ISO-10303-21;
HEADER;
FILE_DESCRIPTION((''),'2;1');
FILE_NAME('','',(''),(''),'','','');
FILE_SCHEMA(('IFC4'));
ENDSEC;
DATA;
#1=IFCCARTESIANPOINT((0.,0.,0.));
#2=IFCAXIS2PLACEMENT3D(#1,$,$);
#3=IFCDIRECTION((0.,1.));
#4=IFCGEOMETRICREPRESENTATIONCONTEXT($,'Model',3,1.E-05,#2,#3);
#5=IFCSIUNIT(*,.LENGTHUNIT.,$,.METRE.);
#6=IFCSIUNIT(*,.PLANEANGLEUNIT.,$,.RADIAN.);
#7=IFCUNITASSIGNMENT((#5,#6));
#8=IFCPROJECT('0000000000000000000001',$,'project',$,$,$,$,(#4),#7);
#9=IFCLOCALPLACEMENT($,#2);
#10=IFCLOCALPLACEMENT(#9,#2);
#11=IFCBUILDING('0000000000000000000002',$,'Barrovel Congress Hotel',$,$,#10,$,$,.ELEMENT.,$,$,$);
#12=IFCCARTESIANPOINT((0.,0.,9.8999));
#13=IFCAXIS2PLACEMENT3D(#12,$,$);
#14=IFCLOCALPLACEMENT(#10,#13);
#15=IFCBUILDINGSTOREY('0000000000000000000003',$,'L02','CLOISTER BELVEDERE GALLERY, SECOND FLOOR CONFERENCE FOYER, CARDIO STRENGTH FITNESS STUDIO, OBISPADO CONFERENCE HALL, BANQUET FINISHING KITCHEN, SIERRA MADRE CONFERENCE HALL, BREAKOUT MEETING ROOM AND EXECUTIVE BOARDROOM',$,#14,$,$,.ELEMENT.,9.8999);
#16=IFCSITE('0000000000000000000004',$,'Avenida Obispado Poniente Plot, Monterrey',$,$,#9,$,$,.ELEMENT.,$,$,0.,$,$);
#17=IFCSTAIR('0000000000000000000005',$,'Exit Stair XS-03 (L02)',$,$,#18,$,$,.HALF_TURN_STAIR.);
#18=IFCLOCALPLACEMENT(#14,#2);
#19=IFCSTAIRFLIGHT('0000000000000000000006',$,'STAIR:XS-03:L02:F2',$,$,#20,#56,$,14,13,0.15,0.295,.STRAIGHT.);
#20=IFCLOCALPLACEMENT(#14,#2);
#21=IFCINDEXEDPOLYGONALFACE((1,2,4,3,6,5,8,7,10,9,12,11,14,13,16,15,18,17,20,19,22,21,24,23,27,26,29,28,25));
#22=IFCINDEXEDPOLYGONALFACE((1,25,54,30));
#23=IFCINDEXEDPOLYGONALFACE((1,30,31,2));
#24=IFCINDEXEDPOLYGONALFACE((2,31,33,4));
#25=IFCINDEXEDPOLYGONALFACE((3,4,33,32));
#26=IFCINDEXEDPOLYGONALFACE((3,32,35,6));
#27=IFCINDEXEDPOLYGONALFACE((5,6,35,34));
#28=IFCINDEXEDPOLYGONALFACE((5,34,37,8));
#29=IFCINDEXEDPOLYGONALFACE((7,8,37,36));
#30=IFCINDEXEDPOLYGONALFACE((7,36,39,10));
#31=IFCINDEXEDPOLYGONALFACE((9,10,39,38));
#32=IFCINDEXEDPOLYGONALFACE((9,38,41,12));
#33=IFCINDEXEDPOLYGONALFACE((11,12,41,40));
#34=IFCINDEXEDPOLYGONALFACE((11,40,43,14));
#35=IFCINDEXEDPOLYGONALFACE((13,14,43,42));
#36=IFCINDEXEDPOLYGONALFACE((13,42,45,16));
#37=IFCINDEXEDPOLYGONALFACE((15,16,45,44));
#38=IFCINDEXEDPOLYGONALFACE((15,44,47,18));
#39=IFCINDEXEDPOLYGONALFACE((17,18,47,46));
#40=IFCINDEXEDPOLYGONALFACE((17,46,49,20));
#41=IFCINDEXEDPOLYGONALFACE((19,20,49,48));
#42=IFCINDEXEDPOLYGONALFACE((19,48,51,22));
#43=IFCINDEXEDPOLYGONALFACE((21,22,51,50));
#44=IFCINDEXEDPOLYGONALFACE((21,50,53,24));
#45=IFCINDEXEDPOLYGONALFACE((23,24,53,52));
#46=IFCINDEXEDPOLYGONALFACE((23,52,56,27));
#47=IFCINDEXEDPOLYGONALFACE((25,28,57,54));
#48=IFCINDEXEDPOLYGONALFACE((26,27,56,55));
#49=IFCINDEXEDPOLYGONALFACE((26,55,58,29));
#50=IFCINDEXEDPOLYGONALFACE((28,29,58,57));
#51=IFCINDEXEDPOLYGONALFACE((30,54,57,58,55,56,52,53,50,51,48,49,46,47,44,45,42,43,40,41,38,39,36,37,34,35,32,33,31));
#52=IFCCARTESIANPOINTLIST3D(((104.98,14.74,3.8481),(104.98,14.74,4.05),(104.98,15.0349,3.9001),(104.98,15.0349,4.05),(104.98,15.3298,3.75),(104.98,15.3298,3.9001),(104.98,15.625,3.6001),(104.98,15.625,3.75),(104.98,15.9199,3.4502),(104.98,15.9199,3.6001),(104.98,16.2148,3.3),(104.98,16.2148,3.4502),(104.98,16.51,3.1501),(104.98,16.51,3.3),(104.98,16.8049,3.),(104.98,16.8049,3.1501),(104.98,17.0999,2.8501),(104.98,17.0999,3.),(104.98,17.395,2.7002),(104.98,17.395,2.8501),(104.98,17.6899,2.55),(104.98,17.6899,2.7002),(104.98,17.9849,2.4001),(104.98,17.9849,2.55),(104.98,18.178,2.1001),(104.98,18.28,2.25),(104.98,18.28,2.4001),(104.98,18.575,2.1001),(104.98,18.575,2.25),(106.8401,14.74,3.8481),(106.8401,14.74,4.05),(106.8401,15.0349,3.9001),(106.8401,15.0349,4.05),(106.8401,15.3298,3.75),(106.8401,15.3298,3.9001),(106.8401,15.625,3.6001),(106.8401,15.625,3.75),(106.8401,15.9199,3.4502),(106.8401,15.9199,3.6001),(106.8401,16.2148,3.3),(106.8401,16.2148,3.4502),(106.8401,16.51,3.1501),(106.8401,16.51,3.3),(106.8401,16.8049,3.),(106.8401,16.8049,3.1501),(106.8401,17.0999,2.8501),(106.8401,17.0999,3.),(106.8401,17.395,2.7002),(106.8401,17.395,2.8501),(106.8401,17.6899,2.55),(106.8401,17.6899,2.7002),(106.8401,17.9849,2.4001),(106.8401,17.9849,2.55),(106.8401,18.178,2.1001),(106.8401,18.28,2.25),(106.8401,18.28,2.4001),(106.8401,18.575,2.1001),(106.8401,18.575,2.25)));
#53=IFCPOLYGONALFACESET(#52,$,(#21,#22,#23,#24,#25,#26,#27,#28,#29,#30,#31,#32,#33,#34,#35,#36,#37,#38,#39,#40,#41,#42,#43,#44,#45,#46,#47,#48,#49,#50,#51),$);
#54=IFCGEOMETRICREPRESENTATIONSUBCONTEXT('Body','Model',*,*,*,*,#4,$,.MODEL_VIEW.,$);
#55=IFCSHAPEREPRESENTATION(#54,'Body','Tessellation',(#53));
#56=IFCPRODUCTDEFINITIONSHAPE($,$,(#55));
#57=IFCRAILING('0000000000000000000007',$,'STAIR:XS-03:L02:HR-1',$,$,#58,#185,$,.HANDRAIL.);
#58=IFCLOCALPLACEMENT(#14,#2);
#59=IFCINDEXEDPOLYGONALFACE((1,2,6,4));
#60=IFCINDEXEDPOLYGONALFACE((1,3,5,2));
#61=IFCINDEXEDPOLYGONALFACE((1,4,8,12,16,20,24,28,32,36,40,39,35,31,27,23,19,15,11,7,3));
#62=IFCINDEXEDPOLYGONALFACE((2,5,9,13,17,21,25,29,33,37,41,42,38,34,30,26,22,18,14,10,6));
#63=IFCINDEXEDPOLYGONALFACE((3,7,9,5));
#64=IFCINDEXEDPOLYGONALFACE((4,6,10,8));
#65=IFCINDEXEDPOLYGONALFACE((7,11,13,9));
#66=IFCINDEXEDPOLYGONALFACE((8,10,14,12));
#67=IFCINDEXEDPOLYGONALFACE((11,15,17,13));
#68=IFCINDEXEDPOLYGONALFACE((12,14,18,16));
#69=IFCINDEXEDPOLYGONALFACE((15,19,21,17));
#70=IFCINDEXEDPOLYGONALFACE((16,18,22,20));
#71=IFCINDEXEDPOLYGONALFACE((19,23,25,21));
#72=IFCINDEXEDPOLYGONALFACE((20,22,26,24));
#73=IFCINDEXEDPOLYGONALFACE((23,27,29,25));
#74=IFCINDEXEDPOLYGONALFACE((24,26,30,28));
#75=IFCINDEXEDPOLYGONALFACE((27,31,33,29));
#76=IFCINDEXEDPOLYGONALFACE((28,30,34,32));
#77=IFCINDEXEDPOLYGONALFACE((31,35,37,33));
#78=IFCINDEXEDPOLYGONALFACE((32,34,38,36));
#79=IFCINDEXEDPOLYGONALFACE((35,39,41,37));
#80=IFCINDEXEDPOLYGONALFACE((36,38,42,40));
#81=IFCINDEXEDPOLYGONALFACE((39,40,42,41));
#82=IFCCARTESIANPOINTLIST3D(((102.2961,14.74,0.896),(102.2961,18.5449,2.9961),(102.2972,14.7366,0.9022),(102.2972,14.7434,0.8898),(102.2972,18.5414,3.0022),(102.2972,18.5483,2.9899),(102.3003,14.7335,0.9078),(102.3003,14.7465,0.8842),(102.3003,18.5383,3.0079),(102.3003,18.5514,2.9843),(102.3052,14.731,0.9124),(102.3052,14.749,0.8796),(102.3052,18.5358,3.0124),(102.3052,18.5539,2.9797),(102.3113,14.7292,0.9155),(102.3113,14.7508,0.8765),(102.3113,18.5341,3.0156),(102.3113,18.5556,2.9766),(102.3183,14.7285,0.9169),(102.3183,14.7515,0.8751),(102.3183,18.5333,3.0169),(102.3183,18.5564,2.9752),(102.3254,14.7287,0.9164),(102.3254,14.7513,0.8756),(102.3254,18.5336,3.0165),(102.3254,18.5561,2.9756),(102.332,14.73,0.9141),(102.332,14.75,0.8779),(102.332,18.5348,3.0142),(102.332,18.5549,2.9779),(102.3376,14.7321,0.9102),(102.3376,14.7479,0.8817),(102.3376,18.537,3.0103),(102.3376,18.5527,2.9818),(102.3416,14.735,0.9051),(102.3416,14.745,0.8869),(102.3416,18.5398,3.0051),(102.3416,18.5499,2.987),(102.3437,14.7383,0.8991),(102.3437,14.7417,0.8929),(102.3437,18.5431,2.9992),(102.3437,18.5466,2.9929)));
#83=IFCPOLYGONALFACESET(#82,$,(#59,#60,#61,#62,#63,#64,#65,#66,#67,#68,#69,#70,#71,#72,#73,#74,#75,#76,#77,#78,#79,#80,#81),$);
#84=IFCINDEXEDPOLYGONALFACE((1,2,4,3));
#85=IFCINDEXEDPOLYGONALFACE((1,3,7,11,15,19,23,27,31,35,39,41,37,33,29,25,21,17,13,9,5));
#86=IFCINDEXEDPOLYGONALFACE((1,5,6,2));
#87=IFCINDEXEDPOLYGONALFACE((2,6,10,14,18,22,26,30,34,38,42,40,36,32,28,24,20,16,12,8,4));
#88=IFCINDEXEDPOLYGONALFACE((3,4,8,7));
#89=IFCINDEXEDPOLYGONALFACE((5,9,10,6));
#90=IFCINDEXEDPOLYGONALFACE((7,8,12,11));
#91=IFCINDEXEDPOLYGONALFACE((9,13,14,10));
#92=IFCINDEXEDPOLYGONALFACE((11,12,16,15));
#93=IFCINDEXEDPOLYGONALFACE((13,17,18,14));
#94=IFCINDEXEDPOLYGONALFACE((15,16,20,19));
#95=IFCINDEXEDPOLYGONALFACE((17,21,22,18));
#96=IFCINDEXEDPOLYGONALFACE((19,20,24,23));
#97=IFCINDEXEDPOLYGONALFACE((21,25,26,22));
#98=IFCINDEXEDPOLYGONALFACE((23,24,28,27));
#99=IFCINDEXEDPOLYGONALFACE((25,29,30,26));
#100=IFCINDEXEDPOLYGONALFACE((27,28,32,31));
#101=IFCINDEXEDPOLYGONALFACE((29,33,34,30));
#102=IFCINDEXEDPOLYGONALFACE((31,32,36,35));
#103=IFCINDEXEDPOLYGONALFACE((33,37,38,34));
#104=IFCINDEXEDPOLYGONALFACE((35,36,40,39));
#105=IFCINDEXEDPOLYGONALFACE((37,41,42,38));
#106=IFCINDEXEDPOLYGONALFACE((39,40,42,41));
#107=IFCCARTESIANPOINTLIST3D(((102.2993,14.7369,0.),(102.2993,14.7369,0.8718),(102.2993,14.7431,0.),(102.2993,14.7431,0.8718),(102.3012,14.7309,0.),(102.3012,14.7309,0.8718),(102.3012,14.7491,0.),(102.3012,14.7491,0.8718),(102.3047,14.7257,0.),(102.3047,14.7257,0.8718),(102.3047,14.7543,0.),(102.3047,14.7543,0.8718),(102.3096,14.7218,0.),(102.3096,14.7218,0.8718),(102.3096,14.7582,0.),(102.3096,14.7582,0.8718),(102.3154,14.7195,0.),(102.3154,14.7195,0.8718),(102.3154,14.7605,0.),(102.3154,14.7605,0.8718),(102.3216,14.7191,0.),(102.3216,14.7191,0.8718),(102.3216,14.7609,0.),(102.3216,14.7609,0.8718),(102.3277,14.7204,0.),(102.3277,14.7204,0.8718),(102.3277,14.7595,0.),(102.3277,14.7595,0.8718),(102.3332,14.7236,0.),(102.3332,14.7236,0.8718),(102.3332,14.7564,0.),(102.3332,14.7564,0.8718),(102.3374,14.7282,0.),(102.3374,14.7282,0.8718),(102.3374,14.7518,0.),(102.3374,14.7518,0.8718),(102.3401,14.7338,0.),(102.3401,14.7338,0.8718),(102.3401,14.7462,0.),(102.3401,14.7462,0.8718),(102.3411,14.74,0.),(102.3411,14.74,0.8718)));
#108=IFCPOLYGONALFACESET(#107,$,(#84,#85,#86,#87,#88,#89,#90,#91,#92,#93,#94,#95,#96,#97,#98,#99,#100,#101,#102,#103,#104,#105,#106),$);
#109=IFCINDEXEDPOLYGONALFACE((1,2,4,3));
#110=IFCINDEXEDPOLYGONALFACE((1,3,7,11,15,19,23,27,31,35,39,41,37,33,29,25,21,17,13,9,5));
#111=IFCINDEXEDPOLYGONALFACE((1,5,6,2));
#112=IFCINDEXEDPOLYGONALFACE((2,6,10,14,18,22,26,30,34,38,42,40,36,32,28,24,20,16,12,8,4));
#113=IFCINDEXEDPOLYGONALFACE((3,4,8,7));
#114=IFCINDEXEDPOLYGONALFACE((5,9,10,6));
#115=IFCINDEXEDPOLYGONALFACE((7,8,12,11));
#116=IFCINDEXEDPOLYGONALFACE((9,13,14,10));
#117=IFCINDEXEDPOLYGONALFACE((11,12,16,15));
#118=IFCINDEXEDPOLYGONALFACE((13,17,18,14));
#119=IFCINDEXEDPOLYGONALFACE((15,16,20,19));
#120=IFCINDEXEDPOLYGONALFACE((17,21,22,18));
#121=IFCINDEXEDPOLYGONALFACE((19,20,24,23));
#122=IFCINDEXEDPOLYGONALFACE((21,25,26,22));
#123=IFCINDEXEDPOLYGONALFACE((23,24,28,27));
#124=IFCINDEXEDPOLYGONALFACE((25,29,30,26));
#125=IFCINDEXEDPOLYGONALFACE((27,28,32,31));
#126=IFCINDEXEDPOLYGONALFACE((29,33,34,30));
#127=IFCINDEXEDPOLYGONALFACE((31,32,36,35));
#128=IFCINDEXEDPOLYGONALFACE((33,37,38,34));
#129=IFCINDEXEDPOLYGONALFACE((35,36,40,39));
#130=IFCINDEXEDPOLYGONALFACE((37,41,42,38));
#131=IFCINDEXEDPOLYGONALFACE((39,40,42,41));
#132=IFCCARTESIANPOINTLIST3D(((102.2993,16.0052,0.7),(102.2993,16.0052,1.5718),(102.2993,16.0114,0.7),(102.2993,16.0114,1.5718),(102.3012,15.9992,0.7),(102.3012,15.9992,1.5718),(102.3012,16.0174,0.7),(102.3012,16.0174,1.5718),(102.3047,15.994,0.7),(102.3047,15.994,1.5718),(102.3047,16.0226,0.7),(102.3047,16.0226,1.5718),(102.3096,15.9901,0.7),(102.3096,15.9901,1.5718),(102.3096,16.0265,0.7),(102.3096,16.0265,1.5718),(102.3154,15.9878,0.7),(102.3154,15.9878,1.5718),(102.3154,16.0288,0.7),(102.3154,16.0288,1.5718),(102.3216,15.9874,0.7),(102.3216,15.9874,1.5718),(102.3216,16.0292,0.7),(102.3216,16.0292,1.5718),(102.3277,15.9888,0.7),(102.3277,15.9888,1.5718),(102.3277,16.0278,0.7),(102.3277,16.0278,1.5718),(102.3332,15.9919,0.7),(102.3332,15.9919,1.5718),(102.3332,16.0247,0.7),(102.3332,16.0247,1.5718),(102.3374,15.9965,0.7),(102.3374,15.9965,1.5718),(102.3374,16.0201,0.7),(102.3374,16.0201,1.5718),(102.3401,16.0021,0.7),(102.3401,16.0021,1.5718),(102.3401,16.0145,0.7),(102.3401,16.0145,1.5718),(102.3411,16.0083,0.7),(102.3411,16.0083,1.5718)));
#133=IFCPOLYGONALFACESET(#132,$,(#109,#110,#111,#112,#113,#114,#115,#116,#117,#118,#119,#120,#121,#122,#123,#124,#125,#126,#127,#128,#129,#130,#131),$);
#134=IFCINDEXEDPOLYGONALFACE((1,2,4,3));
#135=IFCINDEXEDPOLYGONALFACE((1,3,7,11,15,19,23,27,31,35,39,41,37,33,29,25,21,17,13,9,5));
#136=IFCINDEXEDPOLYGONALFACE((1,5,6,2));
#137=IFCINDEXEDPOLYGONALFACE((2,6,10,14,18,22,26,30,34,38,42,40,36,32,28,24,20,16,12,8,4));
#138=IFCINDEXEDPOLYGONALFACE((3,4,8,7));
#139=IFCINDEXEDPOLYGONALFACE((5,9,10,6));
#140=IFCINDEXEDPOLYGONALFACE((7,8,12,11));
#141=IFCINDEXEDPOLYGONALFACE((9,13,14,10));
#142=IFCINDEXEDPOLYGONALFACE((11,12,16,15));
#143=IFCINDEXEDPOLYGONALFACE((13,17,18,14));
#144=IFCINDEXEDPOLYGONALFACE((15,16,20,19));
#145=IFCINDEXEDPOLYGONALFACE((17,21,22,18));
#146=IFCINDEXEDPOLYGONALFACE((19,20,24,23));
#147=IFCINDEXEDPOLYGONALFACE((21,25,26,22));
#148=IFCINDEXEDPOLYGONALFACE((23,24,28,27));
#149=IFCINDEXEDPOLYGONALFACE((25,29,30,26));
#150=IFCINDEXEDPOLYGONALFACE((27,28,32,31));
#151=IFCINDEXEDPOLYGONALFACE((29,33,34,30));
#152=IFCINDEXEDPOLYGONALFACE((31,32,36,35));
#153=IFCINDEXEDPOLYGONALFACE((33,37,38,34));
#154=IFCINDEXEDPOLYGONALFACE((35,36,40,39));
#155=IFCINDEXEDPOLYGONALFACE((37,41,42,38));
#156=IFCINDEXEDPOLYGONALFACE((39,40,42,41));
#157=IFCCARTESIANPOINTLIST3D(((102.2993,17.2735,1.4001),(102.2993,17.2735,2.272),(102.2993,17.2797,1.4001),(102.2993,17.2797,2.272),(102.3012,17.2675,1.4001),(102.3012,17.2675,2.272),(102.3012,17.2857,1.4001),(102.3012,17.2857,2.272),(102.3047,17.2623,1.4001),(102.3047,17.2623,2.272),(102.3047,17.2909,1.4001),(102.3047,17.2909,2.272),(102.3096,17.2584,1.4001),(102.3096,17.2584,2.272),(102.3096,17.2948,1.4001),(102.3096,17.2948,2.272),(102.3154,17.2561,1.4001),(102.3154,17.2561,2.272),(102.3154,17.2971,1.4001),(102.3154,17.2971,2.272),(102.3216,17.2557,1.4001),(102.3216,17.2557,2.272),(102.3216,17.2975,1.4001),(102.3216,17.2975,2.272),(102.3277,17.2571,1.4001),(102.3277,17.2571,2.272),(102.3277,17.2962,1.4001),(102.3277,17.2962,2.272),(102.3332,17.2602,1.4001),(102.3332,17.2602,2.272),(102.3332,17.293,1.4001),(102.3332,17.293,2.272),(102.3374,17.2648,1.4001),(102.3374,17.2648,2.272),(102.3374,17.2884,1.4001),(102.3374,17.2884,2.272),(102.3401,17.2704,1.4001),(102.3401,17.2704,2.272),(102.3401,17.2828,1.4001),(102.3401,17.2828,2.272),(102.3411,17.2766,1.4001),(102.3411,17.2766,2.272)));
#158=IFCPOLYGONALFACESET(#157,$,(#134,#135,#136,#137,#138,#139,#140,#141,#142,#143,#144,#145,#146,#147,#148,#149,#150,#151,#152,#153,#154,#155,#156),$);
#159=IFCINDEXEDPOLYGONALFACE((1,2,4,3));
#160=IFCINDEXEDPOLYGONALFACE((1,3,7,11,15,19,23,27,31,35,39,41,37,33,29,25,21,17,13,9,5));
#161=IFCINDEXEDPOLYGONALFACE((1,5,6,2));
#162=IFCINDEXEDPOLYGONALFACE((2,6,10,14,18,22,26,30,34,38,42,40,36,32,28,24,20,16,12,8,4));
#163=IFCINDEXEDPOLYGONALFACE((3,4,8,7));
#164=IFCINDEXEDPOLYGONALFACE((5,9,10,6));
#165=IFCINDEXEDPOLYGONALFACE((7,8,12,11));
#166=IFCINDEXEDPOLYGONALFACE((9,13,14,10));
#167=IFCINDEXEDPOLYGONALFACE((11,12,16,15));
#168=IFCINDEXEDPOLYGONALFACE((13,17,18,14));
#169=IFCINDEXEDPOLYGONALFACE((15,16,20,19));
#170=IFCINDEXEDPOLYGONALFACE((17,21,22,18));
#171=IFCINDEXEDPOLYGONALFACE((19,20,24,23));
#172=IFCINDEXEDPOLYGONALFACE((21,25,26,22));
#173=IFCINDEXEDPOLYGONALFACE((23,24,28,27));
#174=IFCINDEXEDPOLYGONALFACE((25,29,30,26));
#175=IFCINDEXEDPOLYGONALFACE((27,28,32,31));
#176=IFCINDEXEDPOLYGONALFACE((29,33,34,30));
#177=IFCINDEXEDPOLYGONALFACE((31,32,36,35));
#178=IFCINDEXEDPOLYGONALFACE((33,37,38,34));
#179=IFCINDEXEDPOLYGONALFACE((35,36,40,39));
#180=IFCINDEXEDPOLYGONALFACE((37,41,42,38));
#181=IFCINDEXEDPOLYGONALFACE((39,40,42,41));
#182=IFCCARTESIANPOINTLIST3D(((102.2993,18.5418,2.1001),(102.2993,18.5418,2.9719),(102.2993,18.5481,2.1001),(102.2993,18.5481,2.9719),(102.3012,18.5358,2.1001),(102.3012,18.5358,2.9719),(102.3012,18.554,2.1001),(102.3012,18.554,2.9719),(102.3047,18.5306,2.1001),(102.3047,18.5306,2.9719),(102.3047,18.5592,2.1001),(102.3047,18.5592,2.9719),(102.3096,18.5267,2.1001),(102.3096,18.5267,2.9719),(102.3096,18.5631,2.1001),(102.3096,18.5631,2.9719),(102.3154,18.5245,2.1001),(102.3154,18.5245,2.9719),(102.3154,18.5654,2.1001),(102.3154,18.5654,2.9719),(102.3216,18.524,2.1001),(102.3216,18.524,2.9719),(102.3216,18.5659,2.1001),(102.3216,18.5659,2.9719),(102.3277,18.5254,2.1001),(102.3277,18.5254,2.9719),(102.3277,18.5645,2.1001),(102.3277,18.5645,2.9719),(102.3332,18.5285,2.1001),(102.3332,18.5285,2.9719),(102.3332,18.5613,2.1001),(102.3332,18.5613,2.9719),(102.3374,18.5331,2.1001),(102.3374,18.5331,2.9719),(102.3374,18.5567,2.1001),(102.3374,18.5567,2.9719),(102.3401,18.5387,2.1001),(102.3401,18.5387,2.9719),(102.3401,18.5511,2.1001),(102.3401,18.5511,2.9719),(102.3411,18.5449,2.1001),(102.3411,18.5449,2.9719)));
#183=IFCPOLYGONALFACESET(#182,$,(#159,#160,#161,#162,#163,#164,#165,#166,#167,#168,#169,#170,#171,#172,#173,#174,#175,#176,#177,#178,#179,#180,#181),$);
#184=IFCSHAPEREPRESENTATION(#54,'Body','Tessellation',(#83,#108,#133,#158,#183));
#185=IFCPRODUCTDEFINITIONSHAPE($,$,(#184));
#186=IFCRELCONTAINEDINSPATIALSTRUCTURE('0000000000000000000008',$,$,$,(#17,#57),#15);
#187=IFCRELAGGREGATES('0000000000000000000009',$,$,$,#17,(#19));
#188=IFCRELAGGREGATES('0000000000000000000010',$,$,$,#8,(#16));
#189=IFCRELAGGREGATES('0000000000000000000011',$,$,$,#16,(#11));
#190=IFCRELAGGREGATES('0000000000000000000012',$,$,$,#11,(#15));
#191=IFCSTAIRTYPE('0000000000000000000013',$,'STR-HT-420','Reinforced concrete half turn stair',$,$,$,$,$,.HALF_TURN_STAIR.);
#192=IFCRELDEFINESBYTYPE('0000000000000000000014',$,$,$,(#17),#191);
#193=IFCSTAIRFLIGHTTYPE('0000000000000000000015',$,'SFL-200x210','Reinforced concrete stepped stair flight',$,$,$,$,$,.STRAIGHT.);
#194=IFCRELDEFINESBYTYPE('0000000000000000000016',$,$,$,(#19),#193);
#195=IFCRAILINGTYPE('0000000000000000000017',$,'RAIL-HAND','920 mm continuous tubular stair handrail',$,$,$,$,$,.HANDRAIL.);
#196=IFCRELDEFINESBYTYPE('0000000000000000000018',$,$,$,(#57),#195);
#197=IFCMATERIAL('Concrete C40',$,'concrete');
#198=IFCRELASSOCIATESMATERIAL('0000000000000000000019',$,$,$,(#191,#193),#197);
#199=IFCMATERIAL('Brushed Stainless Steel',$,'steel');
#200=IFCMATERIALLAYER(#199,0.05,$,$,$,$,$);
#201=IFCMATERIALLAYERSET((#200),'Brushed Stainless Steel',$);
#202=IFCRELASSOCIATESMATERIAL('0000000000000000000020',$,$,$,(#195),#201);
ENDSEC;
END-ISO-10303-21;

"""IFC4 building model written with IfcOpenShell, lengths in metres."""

from ifc_helpers import new_model, si_unit, direction, frame, origin, origin_2d, place, context, subcontext, project, spatial, polyline, circle, outline, extrude, material, layer, layer_set, type_object, element, aggregate, save


model = new_model("IFC4")

# Units and contexts
model_context = context("Model", 3, precision=1e-05, world=origin(), true_north=direction((0.0, 1.0)))
body_context = subcontext(model_context, "Body", "Model", "MODEL_VIEW")
ifc_project = project(units=[si_unit("LENGTHUNIT", "METRE"), si_unit("PLANEANGLEUNIT", "RADIAN")], contexts=[model_context])

# Site, building, storey
site_placement = place(None, origin())
site = spatial("IfcSite", under=ifc_project, at=site_placement, Name="Avenida Obispado Poniente Plot, Monterrey", CompositionType="ELEMENT", RefElevation=0.0)
building_placement = place(site_placement, origin())
building = spatial("IfcBuilding", under=site, at=building_placement, Name="Barrovel Congress Hotel", CompositionType="ELEMENT")
storey_placement = place(building_placement, frame((0.0, 0.0, 9.8999)))
storey = spatial("IfcBuildingStorey", under=building, at=storey_placement, Name="L02", Description="CLOISTER BELVEDERE GALLERY, SECOND FLOOR CONFERENCE FOYER, CARDIO STRENGTH FITNESS STUDIO, OBISPADO CONFERENCE HALL, BANQUET FINISHING KITCHEN, SIERRA MADRE CONFERENCE HALL, BREAKOUT MEETING ROOM AND EXECUTIVE BOARDROOM", CompositionType="ELEMENT", Elevation=9.8999)

# Shared definitions
ifc_material_1 = material(Name="Concrete C40", Category="concrete")

# Stair, stair flight
stair_type = type_object("IfcStairType", Name="STR-HT-420", Description="Reinforced concrete half turn stair", PredefinedType="HALF_TURN_STAIR", material=ifc_material_1)
stair_placement = place(storey_placement, origin())
stair = element("IfcStair", 1, at=stair_placement, inside=storey, type_object=stair_type, Name="Exit Stair XS-03 (L02)", PredefinedType="HALF_TURN_STAIR")
stair_flight_type = type_object("IfcStairFlightType", Name="SFL-200x210", Description="Reinforced concrete stepped stair flight", PredefinedType="STRAIGHT", material=ifc_material_1)
stair_flight_1_placement = place(storey_placement, frame((105.9099, 18.575, 2.1001), z_axis=(0.0, 0.0, 1.0), x_axis=(0.0, -1.0, 0.0)))
stair_flight_1 = element("IfcStairFlight", 2, at=stair_flight_1_placement, type_object=stair_flight_type, Name="STAIR:XS-03:L02:F2", NumberOfRisers=14, NumberOfTreads=13, PredefinedType="STRAIGHT", RiserHeight=0.15, TreadLength=0.295, context=body_context, shape_type="SweptSolid", body=[
    extrude(outline(polyline([(0.0, 0.0), (0.0, 0.1499), (0.2949, 0.1499), (0.2949, 0.3), (0.5901, 0.3), (0.5901, 0.45), (0.885, 0.45), (0.885, 0.6001), (1.1799, 0.6001), (1.1799, 0.75), (1.4751, 0.75), (1.4751, 0.8999), (1.77, 0.8999), (1.77, 1.05), (2.0649, 1.05), (2.0649, 1.2), (2.3601, 1.2), (2.3601, 1.3501), (2.655, 1.3501), (2.655, 1.5), (2.95, 1.5), (2.95, 1.6499), (3.2451, 1.6499), (3.2451, 1.8), (3.54, 1.8), (3.54, 1.95), (3.835, 1.95), (3.835, 2.1001), (3.835, 1.748), (0.397, 0.0), (0.0, 0.0)])), frame((0.0, 0.9302, 0.0), z_axis=(0.0, -1.0, 0.0), x_axis=(1.0, 0.0, 0.0)), (0.0, 0.0, 1.0), 1.8601),
])
aggregate(stair, [stair_flight_1])

# Railing
ifc_material_2 = material(Name="Brushed Stainless Steel", Category="steel")
ifc_layer_1 = layer(ifc_material_2, 0.05)
ifc_layer_set_1 = layer_set([ifc_layer_1], Name="Brushed Stainless Steel")
railing_type_1 = type_object("IfcRailingType", Name="RAIL-HAND", Description="920 mm continuous tubular stair handrail", PredefinedType="HANDRAIL", material=ifc_layer_set_1)
railing_1_placement = place(storey_placement, frame((102.3201, 14.74, 0.0)))
element("IfcRailing", 3, at=railing_1_placement, inside=storey, type_object=railing_type_1, Name="STAIR:XS-03:L02:HR-1", PredefinedType="HANDRAIL", context=body_context, shape_type="SweptSolid", body=[
    extrude(circle(Radius=0.0239, at=origin_2d()), frame((0.0, 0.0, 0.896), z_axis=(0.0, 0.875497, 0.483223), x_axis=(-1.0, 0.0, 0.0)), (0.0, 0.0, 1.0), 4.3459),
    extrude(circle(Radius=0.021, at=origin_2d()), origin(), (0.0, 0.0, 1.0), 0.8718),
    extrude(circle(Radius=0.021, at=origin_2d()), frame((0.0, 1.2683, 0.7)), (0.0, 0.0, 1.0), 0.8718),
    extrude(circle(Radius=0.021, at=origin_2d()), frame((0.0, 2.5366, 1.4001)), (0.0, 0.0, 1.0), 0.8718),
    extrude(circle(Radius=0.021, at=origin_2d()), frame((0.0, 3.8049, 2.1001)), (0.0, 0.0, 1.0), 0.8718),
])

save(model, "model.ifc")
